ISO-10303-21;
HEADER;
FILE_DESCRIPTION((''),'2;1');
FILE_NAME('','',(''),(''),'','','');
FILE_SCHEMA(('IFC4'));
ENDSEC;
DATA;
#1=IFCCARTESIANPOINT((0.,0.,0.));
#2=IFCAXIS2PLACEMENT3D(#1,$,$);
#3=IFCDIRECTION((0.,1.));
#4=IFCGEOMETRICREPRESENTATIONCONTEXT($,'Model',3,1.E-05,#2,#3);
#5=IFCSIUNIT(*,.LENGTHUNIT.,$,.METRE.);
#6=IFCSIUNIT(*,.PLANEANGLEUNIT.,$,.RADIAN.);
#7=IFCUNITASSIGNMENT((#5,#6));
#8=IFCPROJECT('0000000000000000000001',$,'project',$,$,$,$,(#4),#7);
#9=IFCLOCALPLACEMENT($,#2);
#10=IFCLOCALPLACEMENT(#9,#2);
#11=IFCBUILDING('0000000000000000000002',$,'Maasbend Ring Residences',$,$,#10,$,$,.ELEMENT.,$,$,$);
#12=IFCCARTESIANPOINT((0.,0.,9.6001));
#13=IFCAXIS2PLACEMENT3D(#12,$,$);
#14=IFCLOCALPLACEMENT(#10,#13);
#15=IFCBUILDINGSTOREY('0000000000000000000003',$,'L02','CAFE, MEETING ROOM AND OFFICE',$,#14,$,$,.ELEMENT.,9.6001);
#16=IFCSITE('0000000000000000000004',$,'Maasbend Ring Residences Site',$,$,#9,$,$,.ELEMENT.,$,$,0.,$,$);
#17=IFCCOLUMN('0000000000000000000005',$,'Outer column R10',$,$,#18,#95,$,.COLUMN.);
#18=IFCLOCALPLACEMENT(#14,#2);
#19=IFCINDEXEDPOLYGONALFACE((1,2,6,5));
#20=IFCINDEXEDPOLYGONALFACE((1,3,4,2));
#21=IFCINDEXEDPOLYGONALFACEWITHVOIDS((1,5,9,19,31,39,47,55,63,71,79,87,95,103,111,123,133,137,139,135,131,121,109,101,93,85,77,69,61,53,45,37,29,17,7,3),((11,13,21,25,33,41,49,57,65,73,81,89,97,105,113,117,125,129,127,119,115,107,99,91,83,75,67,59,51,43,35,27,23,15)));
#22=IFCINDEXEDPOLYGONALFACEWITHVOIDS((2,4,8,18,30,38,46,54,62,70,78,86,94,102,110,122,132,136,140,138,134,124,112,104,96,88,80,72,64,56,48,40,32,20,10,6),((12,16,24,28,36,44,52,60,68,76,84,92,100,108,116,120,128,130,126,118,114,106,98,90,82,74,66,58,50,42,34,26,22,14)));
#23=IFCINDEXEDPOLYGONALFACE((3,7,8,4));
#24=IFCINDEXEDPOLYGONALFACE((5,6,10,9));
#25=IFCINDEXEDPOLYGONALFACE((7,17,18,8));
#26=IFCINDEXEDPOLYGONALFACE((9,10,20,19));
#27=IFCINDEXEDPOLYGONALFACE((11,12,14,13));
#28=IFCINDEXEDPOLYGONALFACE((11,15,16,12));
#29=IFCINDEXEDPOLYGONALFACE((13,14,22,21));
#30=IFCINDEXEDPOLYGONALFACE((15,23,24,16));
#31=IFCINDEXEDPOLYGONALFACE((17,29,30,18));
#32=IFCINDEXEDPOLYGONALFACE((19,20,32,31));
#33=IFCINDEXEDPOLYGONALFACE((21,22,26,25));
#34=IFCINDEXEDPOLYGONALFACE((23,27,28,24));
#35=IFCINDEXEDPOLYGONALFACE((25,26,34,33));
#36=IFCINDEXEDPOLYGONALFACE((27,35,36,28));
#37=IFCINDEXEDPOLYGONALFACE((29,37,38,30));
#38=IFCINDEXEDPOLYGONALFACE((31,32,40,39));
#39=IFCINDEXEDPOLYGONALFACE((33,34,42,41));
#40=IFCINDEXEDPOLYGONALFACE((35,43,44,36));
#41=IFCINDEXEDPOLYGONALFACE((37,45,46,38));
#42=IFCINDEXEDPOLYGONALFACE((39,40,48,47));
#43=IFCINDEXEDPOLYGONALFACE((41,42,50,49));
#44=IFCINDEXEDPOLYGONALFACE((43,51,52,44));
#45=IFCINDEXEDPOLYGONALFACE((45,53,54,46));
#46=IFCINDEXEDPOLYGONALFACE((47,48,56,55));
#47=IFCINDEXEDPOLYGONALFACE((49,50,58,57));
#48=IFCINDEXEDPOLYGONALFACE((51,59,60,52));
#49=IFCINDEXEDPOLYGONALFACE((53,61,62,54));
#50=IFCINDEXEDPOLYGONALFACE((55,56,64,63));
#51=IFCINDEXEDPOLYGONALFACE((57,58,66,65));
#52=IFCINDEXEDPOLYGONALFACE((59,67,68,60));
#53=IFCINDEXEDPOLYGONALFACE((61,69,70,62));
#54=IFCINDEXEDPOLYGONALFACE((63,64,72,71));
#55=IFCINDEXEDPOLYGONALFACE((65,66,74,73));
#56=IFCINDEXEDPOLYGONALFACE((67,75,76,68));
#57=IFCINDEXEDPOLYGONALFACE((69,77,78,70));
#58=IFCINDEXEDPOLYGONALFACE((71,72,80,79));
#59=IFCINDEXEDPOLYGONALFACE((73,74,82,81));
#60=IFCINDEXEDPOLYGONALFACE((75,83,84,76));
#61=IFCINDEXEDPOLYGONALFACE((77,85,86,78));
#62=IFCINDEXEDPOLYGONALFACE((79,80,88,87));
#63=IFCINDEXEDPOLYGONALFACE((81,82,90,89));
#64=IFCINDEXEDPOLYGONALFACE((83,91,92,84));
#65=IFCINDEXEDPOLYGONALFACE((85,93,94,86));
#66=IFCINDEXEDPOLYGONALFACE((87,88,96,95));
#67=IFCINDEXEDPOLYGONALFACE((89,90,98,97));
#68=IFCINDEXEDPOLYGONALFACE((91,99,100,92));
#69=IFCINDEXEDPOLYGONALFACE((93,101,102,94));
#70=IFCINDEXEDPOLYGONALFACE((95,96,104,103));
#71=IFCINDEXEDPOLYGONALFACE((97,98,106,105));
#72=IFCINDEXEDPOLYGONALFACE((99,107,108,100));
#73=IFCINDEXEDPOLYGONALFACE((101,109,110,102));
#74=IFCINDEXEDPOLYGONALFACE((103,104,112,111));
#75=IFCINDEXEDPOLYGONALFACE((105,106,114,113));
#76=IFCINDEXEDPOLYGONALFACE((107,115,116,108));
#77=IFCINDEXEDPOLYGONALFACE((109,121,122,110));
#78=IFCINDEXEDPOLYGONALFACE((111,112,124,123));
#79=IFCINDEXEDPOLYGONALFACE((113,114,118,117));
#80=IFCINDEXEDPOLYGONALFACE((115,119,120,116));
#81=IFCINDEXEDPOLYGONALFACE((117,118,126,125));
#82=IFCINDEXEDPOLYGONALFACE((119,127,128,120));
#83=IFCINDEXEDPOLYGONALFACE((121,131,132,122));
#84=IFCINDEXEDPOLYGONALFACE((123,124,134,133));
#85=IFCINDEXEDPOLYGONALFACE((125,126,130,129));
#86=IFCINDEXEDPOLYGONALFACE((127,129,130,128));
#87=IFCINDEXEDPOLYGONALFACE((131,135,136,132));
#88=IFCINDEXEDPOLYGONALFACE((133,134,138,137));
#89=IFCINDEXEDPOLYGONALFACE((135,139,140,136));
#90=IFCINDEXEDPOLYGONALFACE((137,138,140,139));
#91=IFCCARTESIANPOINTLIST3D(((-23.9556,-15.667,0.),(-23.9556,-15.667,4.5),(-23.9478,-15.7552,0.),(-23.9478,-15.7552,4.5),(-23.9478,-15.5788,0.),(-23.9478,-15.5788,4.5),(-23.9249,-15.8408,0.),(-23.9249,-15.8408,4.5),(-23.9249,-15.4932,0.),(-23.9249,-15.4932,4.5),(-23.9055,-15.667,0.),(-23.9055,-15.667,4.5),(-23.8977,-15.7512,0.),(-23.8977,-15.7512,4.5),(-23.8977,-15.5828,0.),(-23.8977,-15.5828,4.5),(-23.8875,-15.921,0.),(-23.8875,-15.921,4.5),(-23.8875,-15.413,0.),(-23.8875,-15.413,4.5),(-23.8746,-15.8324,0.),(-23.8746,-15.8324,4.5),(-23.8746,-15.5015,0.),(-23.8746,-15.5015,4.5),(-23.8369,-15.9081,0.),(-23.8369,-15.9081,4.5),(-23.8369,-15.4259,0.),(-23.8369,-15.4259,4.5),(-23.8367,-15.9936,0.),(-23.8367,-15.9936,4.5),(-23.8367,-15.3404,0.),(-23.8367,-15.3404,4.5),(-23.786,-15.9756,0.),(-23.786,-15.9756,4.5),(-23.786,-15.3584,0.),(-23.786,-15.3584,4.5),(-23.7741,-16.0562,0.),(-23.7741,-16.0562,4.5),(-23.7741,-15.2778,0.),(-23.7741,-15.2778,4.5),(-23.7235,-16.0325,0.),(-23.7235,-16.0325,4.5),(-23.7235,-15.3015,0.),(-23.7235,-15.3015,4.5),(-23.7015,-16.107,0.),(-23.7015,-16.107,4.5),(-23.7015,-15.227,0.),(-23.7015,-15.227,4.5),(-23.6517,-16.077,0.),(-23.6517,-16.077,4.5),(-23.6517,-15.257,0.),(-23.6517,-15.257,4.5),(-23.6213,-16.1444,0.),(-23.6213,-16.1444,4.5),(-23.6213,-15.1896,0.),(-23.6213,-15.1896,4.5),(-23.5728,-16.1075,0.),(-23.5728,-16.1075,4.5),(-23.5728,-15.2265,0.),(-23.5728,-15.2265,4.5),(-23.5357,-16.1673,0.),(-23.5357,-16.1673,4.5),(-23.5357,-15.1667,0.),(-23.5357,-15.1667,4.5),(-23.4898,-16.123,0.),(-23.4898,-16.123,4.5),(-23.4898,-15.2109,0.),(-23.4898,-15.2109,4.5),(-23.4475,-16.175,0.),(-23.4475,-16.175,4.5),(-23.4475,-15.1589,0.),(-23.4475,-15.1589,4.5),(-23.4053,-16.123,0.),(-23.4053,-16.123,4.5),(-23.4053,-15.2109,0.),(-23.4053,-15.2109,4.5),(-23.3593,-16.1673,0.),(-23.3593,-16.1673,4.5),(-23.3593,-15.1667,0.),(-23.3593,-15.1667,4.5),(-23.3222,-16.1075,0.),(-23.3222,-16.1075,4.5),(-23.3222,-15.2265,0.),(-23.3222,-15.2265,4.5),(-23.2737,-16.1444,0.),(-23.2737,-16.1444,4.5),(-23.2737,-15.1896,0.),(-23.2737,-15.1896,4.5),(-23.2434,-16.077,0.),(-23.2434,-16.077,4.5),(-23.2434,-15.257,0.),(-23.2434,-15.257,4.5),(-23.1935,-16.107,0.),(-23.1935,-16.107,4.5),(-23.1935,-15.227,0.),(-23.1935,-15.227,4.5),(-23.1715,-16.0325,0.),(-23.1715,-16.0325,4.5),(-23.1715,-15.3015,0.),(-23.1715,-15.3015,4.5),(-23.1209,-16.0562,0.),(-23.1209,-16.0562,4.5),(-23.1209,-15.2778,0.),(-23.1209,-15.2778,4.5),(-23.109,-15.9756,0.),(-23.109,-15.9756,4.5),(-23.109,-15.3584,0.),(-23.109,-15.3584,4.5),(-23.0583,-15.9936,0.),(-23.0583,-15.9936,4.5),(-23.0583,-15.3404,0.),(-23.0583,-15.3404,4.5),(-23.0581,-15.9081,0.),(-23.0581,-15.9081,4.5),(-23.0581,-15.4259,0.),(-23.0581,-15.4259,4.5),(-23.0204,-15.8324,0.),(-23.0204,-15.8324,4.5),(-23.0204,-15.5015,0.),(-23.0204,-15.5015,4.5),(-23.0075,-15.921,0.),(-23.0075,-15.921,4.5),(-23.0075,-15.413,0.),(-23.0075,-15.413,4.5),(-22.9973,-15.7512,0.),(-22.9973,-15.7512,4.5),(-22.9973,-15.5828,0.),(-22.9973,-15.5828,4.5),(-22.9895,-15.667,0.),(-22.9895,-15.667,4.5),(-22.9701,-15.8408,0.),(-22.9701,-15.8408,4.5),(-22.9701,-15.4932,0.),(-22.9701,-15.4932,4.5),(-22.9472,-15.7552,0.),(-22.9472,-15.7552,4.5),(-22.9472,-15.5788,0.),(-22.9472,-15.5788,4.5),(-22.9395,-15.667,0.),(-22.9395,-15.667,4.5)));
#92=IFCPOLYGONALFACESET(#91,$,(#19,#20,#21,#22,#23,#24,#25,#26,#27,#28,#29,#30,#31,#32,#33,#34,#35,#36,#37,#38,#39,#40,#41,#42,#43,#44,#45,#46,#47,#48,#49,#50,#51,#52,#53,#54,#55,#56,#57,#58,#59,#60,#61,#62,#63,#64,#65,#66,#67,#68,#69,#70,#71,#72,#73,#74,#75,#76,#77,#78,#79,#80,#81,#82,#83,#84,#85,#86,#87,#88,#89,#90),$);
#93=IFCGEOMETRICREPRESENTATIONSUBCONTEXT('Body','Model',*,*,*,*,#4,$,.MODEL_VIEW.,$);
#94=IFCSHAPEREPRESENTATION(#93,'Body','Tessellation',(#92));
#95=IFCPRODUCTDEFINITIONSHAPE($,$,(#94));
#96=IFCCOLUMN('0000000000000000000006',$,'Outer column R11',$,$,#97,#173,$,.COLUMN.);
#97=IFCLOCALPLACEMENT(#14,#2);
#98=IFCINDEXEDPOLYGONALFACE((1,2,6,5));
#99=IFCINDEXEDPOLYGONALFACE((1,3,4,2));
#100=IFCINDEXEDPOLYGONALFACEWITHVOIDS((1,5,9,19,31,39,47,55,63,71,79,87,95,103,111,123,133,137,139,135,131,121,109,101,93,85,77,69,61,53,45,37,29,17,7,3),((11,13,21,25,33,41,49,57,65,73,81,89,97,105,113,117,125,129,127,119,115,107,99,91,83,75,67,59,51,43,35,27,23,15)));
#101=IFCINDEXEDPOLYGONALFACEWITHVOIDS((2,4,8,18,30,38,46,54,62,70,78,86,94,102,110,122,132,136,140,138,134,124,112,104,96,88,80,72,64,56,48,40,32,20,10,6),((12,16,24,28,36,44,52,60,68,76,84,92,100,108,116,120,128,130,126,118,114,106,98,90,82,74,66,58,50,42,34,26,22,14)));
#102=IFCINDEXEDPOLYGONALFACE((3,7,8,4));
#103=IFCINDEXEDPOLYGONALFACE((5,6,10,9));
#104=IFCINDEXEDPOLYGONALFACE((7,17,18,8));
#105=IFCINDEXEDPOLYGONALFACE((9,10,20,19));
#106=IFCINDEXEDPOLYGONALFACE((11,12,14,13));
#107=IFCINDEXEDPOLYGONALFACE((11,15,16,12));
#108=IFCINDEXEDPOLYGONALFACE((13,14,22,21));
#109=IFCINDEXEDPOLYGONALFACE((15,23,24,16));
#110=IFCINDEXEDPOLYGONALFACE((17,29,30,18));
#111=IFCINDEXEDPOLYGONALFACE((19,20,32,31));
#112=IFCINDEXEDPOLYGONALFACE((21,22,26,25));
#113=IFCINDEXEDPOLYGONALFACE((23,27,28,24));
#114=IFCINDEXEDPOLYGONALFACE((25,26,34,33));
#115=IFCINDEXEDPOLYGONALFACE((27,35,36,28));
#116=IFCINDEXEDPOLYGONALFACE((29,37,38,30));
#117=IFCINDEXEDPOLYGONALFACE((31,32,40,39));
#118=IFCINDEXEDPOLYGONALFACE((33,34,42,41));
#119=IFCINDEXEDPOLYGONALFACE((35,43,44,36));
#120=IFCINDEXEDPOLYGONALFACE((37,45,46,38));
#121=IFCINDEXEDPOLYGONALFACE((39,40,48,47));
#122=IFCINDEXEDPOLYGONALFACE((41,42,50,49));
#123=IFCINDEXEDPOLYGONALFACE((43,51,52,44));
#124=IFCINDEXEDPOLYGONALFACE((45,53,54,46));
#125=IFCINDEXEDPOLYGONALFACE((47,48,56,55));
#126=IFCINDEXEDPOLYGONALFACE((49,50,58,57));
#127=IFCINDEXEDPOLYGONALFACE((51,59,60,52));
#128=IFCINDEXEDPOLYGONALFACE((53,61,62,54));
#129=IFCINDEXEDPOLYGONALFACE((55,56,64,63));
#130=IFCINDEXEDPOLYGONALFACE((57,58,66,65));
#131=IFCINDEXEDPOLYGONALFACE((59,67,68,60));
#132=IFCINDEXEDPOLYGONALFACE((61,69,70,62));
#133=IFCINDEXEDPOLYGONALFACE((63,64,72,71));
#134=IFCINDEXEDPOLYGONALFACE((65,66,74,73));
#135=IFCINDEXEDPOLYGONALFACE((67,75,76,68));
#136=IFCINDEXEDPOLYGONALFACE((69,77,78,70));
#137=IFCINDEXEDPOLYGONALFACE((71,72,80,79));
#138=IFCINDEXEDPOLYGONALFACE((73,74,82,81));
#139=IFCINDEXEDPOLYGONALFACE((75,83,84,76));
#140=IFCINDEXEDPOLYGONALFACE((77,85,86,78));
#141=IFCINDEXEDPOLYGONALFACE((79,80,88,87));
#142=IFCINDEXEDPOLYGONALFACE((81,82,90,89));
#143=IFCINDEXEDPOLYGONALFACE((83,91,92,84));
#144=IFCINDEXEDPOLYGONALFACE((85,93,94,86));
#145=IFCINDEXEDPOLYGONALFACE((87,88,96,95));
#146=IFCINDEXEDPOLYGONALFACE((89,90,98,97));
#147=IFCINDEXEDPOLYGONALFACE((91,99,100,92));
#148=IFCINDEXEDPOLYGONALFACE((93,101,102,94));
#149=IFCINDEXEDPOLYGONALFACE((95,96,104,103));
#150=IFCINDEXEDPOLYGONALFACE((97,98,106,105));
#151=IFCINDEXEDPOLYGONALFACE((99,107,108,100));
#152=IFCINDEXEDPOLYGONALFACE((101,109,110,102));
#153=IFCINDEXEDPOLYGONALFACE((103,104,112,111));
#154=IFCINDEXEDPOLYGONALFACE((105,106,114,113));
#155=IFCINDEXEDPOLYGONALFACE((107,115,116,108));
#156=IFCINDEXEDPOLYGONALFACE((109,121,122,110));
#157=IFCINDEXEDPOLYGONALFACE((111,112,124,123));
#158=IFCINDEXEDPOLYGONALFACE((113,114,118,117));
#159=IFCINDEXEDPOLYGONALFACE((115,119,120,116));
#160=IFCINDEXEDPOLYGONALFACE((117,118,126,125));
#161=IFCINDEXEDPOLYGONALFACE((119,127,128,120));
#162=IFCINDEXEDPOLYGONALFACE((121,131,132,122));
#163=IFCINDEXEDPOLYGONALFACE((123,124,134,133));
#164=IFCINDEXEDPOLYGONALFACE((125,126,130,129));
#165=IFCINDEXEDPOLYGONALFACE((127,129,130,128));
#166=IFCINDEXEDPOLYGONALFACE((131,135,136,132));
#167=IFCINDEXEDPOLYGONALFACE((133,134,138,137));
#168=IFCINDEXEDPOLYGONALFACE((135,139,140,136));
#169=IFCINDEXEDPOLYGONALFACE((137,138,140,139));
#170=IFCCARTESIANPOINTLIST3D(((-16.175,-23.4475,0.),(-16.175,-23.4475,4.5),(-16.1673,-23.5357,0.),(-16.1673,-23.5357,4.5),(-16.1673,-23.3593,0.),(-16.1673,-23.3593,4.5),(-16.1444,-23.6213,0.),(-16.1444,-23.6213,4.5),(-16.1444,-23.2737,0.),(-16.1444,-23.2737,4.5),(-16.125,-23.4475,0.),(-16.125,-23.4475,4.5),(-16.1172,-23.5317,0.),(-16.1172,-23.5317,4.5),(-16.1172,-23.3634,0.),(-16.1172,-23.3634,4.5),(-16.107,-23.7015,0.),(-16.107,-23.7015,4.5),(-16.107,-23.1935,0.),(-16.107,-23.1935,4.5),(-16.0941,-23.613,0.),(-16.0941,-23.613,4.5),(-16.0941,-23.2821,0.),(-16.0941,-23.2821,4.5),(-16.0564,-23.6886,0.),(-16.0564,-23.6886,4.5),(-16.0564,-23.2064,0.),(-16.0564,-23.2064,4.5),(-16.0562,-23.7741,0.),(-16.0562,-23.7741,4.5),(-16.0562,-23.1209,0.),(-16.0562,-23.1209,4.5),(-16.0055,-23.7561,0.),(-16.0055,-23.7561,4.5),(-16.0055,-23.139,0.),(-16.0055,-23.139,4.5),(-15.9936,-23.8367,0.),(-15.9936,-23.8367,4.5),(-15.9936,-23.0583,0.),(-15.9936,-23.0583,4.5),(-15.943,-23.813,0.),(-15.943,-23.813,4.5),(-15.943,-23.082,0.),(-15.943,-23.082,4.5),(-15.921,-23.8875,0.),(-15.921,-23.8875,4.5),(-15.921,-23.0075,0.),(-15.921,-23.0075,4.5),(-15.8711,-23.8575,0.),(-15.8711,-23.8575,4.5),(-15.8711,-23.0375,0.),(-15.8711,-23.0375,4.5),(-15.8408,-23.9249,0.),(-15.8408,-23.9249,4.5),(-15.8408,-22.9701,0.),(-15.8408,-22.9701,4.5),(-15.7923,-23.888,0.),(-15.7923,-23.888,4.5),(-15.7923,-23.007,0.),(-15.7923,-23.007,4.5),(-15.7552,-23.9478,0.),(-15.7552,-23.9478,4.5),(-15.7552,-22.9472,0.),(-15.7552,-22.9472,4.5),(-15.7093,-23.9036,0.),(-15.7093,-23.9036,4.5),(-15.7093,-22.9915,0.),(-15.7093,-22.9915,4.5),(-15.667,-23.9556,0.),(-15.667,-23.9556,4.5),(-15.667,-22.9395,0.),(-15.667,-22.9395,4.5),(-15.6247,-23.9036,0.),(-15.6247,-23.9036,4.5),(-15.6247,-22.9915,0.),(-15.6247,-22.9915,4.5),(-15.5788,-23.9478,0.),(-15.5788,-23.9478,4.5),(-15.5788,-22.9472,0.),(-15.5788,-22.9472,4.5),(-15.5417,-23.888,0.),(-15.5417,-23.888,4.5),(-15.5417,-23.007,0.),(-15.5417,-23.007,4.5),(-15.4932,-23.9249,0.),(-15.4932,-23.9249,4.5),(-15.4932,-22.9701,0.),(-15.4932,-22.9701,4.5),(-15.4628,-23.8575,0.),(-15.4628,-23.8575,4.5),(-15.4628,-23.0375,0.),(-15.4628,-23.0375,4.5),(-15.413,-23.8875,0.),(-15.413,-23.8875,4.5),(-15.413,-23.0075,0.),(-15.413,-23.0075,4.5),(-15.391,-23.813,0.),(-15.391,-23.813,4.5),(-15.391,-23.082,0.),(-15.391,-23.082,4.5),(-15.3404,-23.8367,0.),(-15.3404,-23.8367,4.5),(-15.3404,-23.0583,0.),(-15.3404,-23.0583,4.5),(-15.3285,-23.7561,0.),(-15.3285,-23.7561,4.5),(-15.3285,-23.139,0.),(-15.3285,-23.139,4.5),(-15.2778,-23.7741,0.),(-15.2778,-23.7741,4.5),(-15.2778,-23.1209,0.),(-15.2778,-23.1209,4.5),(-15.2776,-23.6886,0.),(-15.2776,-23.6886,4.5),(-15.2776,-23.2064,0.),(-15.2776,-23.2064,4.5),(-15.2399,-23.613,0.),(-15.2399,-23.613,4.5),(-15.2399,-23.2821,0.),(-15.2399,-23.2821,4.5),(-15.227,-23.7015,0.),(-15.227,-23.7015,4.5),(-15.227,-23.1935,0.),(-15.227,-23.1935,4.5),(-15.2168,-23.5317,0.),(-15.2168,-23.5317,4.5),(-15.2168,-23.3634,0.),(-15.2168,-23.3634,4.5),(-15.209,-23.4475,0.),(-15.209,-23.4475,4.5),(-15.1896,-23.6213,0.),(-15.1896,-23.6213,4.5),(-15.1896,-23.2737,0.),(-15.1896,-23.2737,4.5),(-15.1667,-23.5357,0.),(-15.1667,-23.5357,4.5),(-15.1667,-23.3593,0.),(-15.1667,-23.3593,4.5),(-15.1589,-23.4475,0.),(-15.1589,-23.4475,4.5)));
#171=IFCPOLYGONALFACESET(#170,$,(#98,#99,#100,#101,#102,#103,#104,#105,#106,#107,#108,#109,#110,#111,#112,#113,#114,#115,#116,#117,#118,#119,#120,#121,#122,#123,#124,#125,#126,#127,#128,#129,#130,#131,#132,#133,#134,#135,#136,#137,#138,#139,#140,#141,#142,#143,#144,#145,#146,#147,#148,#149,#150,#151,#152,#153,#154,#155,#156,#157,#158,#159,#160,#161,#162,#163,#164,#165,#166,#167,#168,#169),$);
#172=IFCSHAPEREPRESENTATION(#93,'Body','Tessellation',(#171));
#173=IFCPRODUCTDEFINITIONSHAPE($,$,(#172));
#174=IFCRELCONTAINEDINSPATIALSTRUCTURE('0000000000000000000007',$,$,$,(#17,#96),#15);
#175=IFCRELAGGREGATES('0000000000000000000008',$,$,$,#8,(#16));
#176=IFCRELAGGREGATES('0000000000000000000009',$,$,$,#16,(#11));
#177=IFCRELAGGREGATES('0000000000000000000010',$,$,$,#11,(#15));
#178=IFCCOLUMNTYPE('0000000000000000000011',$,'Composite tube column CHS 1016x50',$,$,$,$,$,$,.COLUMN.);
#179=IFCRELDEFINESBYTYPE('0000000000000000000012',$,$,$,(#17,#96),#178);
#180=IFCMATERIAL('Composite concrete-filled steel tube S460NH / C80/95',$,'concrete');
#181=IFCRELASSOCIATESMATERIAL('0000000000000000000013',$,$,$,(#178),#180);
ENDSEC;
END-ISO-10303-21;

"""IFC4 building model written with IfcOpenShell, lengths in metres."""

from ifc_helpers import new_model, si_unit, direction, frame, origin, origin_2d, place, context, subcontext, project, spatial, hollow_circle, extrude, material, material_profile, profile_set, type_object, element, save


model = new_model("IFC4")

# Units and contexts
model_context = context("Model", 3, precision=1e-05, world=origin(), true_north=direction((0.0, 1.0)))
body_context = subcontext(model_context, "Body", "Model", "MODEL_VIEW")
ifc_project = project(units=[si_unit("LENGTHUNIT", "METRE"), si_unit("PLANEANGLEUNIT", "RADIAN")], contexts=[model_context])

# Site, building, storey
site_placement = place(None, origin())
site = spatial("IfcSite", under=ifc_project, at=site_placement, Name="Maasbend Ring Residences Site", CompositionType="ELEMENT", RefElevation=0.0)
building_placement = place(site_placement, origin())
building = spatial("IfcBuilding", under=site, at=building_placement, Name="Maasbend Ring Residences", CompositionType="ELEMENT")
storey_placement = place(building_placement, frame((0.0, 0.0, 9.6001)))
storey = spatial("IfcBuildingStorey", under=building, at=storey_placement, Name="L02", Description="CAFE, MEETING ROOM AND OFFICE", CompositionType="ELEMENT", Elevation=9.6001)

# Columns
ifc_material_1 = material(Name="Composite concrete-filled steel tube S460NH / C80/95", Category="concrete")
ifc_material_profile_1 = material_profile(ifc_material_1, hollow_circle(Radius=0.5081, WallThickness=0.05, at=origin_2d()), Name="Composite tube column CHS 1016x50")
ifc_profile_set_1 = profile_set([ifc_material_profile_1], Name="Composite concrete-filled steel tube S460NH / C80/95")
column_type_1 = type_object("IfcColumnType", Name="Composite tube column CHS 1016x50", PredefinedType="COLUMN", material=ifc_profile_set_1)
for number, where, z_axis, x_axis, name in (
    (1, (-23.4475, -15.667, 0.0), (0.0, 0.0, 1.0), (1.0, 0.0, 0.0), "Outer column R10"),
    (2, (-15.667, -23.4475, 0.0), (0.0, 0.0, 1.0), (1.0, 0.0, 0.0), "Outer column R11"),
):
    element("IfcColumn", number, at=place(storey_placement, frame(where, z_axis=z_axis, x_axis=x_axis)), inside=storey, type_object=column_type_1, Name=name, PredefinedType="COLUMN", context=body_context, shape_type="SweptSolid", body=[
        extrude(hollow_circle(Radius=0.5081, WallThickness=0.05, at=origin_2d()), origin(), (0.0, 0.0, 1.0), 4.5),
    ])

save(model, "model.ifc")
